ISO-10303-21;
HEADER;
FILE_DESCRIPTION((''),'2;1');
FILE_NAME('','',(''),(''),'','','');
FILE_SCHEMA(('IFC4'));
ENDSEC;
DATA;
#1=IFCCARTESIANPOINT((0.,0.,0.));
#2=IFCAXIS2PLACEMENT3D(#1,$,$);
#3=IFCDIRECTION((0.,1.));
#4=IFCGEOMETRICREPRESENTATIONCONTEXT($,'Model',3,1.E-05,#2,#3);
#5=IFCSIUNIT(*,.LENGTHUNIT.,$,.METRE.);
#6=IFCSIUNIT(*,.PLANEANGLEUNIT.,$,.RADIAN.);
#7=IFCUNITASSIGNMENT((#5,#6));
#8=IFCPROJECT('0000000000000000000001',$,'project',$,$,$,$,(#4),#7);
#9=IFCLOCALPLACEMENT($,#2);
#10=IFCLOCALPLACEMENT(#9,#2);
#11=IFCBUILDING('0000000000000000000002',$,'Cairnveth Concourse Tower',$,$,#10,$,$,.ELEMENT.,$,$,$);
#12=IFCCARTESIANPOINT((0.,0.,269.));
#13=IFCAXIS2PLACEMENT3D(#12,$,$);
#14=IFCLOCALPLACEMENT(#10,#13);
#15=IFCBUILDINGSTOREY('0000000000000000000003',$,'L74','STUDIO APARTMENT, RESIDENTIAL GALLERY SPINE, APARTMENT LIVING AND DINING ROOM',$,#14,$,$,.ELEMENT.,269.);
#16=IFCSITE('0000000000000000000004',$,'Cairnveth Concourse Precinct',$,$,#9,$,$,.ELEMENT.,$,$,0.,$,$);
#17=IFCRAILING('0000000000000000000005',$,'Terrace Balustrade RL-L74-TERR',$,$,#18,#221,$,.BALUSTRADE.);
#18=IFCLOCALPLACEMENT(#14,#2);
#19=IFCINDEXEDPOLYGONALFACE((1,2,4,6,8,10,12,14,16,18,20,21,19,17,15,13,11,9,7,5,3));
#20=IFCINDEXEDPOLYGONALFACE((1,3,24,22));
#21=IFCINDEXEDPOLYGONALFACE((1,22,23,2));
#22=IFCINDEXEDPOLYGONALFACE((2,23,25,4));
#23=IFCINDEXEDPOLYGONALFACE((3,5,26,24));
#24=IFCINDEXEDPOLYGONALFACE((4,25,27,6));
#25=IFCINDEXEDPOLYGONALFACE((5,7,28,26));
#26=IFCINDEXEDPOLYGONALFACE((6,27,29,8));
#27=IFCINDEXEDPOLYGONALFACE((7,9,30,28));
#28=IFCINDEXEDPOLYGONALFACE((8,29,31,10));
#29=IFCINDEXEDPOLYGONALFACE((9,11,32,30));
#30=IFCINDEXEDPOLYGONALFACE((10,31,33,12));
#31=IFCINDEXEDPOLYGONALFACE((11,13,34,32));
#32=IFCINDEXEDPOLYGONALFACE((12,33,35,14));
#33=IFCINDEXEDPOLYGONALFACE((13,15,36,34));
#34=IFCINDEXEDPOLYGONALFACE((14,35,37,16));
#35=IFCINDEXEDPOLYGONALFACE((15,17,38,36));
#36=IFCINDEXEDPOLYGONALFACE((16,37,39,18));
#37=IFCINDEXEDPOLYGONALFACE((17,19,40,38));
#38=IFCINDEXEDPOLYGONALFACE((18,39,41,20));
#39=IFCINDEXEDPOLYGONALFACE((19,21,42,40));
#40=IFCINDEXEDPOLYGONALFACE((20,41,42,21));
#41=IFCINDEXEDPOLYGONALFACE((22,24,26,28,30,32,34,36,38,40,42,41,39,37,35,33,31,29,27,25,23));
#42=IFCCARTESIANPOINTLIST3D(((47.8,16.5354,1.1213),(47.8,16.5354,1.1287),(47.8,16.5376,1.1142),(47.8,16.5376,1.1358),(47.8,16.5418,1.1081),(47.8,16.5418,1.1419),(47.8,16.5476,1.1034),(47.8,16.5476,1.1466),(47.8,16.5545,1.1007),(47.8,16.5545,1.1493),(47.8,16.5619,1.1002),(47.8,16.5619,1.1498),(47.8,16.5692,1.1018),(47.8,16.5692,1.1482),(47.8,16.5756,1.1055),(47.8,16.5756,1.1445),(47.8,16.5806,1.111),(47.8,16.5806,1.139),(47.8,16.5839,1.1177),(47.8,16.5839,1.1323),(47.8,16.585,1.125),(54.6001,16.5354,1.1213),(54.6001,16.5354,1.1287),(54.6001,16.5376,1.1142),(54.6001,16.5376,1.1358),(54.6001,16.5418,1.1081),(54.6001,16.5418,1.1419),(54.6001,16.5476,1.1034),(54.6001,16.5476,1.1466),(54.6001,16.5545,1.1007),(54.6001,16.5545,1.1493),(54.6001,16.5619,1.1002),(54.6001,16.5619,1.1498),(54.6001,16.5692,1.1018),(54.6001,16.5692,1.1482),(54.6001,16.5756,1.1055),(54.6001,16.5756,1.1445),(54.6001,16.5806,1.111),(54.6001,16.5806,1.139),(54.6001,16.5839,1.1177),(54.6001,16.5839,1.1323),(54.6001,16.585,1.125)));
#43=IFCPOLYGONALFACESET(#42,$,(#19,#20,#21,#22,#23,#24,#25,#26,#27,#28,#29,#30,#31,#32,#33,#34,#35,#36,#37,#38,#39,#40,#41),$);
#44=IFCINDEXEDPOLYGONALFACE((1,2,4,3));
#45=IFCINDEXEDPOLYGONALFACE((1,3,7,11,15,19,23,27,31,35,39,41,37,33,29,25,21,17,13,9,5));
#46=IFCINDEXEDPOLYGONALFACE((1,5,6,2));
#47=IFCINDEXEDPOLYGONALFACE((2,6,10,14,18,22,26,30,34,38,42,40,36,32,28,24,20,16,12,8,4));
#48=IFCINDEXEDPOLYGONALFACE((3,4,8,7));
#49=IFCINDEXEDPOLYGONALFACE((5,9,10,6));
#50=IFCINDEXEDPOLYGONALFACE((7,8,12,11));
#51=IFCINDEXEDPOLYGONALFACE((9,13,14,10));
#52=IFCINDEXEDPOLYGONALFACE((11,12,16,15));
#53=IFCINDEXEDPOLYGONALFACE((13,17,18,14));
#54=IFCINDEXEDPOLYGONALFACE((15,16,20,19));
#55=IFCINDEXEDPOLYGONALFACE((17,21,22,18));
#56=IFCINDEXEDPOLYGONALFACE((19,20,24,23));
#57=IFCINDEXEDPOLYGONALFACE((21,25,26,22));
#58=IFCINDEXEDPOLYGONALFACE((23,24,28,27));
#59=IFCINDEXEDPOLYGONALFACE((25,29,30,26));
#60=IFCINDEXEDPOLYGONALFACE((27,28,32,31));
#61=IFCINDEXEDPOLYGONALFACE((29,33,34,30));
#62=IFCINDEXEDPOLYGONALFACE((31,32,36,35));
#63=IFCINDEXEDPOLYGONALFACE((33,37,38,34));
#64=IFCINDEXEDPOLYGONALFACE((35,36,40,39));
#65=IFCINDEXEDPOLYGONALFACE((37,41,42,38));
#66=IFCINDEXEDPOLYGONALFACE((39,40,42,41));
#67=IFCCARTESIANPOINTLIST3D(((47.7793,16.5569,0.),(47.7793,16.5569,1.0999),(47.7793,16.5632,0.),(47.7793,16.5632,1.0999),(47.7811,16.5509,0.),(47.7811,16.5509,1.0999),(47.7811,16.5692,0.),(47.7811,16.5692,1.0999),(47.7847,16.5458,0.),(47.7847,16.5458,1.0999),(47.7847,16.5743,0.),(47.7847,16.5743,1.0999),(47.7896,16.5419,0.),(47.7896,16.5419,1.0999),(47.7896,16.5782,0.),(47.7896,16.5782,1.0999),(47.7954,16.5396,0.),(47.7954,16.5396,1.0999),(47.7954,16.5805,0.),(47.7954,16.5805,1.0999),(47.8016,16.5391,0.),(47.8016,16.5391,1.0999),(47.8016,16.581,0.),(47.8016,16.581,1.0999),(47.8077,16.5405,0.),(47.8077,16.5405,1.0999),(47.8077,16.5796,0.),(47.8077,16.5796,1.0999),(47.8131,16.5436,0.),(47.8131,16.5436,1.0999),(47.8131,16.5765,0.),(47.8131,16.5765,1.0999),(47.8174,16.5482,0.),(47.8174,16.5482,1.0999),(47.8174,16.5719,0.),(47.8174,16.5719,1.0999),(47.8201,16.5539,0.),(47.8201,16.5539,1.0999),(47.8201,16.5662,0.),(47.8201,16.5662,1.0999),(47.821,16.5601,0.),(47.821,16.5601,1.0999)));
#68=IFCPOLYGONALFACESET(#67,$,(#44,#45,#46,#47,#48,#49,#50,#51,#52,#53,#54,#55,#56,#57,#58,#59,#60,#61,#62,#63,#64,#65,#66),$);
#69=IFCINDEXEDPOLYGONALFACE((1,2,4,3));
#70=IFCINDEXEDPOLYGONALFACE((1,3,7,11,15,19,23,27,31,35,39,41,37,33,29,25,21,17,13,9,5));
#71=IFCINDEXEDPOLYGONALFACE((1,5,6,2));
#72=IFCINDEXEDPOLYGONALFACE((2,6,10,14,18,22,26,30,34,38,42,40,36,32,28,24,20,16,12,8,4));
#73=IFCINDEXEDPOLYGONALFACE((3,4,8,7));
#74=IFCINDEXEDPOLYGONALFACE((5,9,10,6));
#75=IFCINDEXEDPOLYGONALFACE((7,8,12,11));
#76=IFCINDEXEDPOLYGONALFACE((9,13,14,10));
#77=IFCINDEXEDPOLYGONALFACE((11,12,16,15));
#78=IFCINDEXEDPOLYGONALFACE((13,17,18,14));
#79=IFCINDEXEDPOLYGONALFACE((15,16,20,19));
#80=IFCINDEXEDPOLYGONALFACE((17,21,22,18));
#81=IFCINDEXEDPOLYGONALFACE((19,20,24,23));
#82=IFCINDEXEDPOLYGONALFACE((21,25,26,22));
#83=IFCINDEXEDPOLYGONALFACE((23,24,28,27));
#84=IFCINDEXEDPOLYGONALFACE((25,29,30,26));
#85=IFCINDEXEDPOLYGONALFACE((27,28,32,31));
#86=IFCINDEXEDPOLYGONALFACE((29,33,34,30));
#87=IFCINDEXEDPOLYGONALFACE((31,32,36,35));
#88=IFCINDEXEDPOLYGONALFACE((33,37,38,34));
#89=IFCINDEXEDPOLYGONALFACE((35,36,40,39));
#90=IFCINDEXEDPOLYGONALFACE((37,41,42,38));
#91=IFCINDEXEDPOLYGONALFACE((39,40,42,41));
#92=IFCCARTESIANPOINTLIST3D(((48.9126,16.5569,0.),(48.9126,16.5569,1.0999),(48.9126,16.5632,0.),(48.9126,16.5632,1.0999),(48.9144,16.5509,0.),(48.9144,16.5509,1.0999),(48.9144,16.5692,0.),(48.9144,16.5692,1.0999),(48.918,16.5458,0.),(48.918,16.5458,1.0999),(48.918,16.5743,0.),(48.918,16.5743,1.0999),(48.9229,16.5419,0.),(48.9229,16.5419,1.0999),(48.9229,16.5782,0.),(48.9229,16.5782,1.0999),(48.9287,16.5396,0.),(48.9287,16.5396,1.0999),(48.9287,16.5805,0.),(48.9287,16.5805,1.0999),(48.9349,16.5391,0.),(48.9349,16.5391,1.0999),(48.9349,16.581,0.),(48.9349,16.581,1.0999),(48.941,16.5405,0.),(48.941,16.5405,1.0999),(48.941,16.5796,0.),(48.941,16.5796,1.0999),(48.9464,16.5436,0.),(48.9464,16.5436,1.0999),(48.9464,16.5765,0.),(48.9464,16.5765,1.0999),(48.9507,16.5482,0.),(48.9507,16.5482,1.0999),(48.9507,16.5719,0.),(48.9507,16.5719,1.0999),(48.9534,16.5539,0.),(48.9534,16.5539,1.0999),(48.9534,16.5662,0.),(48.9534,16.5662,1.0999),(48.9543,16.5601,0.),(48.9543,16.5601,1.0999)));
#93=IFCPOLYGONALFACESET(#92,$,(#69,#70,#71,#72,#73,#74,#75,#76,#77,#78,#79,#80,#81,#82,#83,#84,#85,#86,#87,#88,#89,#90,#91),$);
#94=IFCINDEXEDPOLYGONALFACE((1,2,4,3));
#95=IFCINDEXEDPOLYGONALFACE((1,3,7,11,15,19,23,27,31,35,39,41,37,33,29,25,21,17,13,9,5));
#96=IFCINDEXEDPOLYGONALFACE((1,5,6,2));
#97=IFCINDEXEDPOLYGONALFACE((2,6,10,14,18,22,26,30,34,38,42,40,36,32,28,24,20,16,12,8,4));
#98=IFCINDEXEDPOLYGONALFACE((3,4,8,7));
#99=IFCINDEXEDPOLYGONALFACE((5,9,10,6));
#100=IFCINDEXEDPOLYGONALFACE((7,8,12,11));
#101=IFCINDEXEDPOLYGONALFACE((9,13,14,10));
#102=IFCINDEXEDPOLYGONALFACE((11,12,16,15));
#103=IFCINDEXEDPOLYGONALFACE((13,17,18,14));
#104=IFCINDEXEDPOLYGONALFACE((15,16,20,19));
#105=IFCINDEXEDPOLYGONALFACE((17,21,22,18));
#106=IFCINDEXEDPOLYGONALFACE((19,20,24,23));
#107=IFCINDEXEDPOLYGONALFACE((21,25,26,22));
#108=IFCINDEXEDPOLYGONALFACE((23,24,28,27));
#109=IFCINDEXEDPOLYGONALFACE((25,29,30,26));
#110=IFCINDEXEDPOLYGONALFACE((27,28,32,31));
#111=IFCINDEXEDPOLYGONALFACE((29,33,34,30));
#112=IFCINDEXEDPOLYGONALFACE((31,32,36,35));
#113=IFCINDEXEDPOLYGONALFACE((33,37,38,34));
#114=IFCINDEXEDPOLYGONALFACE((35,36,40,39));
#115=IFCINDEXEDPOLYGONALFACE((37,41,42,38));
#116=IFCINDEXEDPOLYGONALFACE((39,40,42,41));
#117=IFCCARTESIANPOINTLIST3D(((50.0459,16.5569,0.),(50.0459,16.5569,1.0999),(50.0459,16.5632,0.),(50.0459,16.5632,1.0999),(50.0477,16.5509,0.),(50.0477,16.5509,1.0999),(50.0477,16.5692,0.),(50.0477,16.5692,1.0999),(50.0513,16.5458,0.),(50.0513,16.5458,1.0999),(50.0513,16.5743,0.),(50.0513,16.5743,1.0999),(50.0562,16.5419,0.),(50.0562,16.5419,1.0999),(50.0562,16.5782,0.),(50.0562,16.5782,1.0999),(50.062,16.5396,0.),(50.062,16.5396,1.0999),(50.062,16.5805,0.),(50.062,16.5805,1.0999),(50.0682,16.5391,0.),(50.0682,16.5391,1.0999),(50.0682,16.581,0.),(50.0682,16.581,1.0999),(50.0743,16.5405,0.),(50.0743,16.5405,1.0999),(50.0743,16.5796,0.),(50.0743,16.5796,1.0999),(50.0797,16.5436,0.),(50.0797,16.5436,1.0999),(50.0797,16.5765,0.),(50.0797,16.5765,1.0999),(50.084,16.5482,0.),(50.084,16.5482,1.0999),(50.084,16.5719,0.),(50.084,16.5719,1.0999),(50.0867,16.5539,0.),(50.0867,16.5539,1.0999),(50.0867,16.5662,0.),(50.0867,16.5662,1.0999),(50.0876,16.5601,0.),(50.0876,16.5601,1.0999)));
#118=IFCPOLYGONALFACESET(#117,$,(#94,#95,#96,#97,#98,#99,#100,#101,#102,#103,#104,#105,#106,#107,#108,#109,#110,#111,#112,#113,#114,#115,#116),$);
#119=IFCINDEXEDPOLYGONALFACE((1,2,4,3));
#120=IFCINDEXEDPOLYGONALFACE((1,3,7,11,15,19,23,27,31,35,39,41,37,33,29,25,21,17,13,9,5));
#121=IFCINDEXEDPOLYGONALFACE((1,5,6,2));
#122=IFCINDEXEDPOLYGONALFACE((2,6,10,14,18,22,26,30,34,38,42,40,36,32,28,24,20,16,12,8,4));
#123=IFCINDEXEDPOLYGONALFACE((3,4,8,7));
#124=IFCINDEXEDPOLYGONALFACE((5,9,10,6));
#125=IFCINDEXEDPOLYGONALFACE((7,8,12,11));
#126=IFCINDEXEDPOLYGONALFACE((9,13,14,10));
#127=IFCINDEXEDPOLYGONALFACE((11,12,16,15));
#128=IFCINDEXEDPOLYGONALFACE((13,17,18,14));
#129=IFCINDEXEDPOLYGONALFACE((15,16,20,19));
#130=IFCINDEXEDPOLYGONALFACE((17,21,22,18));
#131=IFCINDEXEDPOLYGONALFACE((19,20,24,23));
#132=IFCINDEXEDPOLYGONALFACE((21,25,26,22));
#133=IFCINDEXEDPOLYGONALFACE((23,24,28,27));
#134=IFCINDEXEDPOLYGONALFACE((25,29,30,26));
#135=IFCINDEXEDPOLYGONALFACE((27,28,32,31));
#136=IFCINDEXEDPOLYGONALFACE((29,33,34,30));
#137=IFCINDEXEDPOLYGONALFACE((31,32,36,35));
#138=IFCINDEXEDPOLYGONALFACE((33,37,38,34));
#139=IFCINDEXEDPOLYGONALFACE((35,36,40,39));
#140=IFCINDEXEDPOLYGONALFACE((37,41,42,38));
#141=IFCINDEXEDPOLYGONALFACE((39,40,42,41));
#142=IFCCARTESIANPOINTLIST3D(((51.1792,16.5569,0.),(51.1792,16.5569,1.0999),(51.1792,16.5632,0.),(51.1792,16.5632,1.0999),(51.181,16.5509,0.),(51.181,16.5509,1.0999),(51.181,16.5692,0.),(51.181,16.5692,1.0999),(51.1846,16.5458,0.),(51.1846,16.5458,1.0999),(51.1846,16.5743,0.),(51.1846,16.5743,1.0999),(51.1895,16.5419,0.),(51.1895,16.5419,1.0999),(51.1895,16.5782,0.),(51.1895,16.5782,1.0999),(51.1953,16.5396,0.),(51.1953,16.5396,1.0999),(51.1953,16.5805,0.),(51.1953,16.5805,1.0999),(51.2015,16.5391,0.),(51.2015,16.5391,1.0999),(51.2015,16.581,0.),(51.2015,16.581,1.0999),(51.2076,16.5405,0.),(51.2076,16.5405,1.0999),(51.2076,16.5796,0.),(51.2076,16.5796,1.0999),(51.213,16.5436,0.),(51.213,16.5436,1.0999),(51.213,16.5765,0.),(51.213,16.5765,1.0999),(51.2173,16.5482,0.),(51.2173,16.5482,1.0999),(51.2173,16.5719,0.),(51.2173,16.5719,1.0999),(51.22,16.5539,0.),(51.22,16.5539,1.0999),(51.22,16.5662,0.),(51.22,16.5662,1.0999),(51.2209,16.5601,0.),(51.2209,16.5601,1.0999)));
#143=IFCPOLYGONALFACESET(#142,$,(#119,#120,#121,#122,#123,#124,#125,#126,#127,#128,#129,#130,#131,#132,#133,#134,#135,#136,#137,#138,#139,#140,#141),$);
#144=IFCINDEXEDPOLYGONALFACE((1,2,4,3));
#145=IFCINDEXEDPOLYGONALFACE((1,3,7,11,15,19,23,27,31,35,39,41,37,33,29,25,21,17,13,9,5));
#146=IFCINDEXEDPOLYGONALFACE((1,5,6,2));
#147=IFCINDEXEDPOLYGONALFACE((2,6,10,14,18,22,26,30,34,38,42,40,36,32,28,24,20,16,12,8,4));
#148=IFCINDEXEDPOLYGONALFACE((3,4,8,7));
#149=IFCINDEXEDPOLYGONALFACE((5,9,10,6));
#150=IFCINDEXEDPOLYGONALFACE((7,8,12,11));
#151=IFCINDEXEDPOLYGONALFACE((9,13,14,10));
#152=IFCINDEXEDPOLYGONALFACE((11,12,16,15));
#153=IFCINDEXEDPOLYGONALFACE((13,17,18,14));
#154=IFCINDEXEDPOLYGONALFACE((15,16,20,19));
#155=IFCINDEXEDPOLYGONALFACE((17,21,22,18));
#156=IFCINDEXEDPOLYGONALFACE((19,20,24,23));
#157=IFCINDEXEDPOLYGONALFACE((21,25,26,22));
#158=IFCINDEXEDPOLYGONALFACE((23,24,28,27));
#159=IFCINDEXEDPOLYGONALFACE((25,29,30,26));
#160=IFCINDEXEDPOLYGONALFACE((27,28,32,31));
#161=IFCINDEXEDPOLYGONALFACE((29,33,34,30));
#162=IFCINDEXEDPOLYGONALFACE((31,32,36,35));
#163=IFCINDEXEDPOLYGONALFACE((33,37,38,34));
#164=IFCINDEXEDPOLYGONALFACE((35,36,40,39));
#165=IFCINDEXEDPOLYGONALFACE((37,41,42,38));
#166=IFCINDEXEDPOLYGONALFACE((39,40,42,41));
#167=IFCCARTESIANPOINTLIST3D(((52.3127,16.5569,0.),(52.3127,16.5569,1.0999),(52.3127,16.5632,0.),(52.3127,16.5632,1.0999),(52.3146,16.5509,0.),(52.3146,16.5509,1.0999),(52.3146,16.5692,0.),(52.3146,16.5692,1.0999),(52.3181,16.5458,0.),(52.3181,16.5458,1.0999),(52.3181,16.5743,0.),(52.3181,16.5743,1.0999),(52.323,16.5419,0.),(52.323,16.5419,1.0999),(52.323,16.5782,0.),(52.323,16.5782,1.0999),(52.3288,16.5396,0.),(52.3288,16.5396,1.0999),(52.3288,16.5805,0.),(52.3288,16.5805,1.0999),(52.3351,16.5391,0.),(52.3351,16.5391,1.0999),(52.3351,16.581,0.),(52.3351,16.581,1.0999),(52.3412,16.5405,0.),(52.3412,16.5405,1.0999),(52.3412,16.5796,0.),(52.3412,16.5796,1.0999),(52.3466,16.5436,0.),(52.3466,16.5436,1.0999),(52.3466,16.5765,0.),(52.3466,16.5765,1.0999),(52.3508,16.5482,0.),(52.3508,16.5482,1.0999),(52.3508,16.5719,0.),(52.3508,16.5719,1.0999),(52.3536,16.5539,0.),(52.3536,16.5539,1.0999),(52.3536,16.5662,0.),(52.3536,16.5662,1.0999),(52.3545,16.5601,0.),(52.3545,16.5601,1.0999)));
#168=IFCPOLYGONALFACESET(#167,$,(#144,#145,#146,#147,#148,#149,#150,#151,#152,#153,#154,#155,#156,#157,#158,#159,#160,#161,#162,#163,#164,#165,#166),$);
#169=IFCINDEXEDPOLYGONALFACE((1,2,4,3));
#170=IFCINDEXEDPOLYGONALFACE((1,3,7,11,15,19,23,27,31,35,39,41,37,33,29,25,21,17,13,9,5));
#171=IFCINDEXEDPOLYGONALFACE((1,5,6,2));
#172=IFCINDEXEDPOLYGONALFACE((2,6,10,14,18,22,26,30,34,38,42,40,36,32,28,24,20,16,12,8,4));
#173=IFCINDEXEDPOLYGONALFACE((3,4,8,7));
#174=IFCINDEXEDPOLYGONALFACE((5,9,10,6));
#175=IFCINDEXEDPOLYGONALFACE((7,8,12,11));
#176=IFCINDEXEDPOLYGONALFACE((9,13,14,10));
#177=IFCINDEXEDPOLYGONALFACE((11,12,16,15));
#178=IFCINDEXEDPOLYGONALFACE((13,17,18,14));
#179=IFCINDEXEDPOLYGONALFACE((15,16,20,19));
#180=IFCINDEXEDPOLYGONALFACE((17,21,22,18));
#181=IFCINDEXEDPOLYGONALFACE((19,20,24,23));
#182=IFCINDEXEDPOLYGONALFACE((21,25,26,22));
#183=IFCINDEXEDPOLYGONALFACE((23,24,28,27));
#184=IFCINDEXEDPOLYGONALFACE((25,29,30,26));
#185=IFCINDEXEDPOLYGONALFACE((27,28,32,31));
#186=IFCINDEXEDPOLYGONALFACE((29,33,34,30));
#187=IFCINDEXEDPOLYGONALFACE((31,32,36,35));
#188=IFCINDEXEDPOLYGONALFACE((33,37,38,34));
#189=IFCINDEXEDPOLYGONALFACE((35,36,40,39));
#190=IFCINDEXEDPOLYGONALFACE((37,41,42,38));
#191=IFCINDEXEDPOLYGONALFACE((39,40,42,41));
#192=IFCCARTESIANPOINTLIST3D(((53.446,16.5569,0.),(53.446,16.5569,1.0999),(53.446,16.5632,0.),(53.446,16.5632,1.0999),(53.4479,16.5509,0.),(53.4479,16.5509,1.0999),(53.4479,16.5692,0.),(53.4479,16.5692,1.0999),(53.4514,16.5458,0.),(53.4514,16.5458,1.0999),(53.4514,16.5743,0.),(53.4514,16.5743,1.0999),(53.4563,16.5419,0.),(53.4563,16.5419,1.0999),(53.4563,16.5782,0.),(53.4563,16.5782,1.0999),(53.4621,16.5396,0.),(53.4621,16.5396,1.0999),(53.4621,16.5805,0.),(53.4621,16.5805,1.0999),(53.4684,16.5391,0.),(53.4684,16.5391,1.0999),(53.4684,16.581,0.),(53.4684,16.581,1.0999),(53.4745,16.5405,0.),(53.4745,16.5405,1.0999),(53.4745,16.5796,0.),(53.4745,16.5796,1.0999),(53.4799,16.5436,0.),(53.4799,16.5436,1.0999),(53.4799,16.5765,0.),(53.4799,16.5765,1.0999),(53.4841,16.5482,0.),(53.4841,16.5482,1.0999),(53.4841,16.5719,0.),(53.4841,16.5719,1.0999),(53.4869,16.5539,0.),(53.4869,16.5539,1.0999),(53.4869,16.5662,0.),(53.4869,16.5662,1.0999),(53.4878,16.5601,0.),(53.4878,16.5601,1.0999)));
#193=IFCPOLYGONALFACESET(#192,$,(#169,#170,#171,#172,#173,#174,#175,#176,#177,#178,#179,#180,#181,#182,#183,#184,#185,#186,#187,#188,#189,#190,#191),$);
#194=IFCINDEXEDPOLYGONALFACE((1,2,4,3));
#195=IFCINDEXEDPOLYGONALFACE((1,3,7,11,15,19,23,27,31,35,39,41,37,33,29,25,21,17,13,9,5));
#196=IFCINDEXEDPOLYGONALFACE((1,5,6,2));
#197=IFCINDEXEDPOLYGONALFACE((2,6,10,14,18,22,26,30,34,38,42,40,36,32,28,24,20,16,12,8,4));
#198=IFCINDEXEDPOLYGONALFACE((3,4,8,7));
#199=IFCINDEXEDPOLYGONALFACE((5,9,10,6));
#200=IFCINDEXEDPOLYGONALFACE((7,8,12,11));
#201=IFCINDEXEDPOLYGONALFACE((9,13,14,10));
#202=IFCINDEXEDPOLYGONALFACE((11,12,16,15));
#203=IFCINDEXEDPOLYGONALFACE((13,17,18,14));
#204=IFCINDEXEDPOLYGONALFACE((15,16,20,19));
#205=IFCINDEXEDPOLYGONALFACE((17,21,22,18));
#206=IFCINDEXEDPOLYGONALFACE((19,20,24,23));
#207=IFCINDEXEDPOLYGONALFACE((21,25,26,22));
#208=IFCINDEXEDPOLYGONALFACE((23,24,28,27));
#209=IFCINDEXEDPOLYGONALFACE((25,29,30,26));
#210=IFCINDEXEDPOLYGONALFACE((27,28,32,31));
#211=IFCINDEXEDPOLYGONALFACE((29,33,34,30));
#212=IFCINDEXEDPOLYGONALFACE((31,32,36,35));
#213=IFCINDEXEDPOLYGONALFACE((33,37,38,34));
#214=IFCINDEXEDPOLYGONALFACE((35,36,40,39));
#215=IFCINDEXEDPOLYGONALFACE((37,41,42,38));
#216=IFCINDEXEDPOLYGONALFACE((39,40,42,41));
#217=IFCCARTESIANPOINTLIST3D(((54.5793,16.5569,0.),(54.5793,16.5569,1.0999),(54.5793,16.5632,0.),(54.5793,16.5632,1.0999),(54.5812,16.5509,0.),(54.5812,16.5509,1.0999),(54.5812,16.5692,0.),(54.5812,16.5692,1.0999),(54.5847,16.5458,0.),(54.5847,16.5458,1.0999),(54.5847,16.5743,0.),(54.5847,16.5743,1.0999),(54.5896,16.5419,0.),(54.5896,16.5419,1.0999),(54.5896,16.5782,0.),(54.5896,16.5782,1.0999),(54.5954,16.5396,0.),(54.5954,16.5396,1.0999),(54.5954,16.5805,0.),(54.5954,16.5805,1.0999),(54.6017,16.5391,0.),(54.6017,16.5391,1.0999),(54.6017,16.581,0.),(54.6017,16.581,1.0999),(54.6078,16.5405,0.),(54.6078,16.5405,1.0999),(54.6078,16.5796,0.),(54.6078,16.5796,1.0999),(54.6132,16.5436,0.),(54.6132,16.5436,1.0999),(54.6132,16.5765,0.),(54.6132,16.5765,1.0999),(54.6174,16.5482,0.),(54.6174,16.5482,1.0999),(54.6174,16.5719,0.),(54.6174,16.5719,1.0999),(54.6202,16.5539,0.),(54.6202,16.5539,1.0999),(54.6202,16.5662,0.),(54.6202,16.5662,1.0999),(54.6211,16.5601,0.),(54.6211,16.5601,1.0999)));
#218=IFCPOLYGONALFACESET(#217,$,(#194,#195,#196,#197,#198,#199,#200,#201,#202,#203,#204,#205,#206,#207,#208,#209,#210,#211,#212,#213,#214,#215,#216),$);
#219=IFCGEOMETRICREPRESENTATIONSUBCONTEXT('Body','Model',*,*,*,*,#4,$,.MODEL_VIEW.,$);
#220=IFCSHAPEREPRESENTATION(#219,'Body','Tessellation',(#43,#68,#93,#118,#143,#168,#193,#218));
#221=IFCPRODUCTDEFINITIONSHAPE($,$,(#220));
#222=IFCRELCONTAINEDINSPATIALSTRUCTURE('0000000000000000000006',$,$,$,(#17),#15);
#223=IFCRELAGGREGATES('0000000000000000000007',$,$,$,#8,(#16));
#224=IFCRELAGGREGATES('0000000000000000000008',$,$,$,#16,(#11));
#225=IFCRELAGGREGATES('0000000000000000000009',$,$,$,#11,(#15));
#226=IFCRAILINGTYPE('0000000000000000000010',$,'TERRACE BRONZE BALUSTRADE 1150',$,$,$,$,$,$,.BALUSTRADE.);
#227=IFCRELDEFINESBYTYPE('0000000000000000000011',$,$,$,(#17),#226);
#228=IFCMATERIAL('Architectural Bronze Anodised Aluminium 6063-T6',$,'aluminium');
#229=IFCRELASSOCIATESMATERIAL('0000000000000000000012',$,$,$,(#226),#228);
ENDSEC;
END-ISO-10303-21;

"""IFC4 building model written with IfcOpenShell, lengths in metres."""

from ifc_helpers import new_model, si_unit, direction, frame, origin, origin_2d, place, context, subcontext, project, spatial, circle, extrude, material, type_object, element, save


model = new_model("IFC4")

# Units and contexts
model_context = context("Model", 3, precision=1e-05, world=origin(), true_north=direction((0.0, 1.0)))
body_context = subcontext(model_context, "Body", "Model", "MODEL_VIEW")
ifc_project = project(units=[si_unit("LENGTHUNIT", "METRE"), si_unit("PLANEANGLEUNIT", "RADIAN")], contexts=[model_context])

# Site, building, storey
site_placement = place(None, origin())
site = spatial("IfcSite", under=ifc_project, at=site_placement, Name="Cairnveth Concourse Precinct", CompositionType="ELEMENT", RefElevation=0.0)
building_placement = place(site_placement, origin())
building = spatial("IfcBuilding", under=site, at=building_placement, Name="Cairnveth Concourse Tower", CompositionType="ELEMENT")
storey_placement = place(building_placement, frame((0.0, 0.0, 269.0)))
storey = spatial("IfcBuildingStorey", under=building, at=storey_placement, Name="L74", Description="STUDIO APARTMENT, RESIDENTIAL GALLERY SPINE, APARTMENT LIVING AND DINING ROOM", CompositionType="ELEMENT", Elevation=269.0)

# Shared definitions
ifc_material_1 = material(Name="Architectural Bronze Anodised Aluminium 6063-T6", Category="aluminium")

# Railing
railing_type = type_object("IfcRailingType", Name="TERRACE BRONZE BALUSTRADE 1150", PredefinedType="BALUSTRADE", material=ifc_material_1)
railing_placement = place(storey_placement, frame((47.8, 16.5601, 0.0)))
element("IfcRailing", 1, at=railing_placement, inside=storey, type_object=railing_type, Name="Terrace Balustrade RL-L74-TERR", PredefinedType="BALUSTRADE", context=body_context, shape_type="SweptSolid", body=[
    extrude(circle(Radius=0.0249, at=origin_2d()), frame((0.0, 0.0, 1.125), z_axis=(1.0, 0.0, 0.0), x_axis=(0.0, 1.0, 0.0)), (0.0, 0.0, 1.0), 6.8),
    extrude(circle(Radius=0.021, at=origin_2d()), origin(), (0.0, 0.0, 1.0), 1.0999),
    extrude(circle(Radius=0.021, at=origin_2d()), frame((1.1333, 0.0, 0.0)), (0.0, 0.0, 1.0), 1.0999),
    extrude(circle(Radius=0.021, at=origin_2d()), frame((2.2666, 0.0, 0.0)), (0.0, 0.0, 1.0), 1.0999),
    extrude(circle(Radius=0.021, at=origin_2d()), frame((3.3999, 0.0, 0.0)), (0.0, 0.0, 1.0), 1.0999),
    extrude(circle(Radius=0.021, at=origin_2d()), frame((4.5334, 0.0, 0.0)), (0.0, 0.0, 1.0), 1.0999),
    extrude(circle(Radius=0.021, at=origin_2d()), frame((5.6667, 0.0, 0.0)), (0.0, 0.0, 1.0), 1.0999),
    extrude(circle(Radius=0.021, at=origin_2d()), frame((6.8, 0.0, 0.0)), (0.0, 0.0, 1.0), 1.0999),
])

save(model, "model.ifc")
